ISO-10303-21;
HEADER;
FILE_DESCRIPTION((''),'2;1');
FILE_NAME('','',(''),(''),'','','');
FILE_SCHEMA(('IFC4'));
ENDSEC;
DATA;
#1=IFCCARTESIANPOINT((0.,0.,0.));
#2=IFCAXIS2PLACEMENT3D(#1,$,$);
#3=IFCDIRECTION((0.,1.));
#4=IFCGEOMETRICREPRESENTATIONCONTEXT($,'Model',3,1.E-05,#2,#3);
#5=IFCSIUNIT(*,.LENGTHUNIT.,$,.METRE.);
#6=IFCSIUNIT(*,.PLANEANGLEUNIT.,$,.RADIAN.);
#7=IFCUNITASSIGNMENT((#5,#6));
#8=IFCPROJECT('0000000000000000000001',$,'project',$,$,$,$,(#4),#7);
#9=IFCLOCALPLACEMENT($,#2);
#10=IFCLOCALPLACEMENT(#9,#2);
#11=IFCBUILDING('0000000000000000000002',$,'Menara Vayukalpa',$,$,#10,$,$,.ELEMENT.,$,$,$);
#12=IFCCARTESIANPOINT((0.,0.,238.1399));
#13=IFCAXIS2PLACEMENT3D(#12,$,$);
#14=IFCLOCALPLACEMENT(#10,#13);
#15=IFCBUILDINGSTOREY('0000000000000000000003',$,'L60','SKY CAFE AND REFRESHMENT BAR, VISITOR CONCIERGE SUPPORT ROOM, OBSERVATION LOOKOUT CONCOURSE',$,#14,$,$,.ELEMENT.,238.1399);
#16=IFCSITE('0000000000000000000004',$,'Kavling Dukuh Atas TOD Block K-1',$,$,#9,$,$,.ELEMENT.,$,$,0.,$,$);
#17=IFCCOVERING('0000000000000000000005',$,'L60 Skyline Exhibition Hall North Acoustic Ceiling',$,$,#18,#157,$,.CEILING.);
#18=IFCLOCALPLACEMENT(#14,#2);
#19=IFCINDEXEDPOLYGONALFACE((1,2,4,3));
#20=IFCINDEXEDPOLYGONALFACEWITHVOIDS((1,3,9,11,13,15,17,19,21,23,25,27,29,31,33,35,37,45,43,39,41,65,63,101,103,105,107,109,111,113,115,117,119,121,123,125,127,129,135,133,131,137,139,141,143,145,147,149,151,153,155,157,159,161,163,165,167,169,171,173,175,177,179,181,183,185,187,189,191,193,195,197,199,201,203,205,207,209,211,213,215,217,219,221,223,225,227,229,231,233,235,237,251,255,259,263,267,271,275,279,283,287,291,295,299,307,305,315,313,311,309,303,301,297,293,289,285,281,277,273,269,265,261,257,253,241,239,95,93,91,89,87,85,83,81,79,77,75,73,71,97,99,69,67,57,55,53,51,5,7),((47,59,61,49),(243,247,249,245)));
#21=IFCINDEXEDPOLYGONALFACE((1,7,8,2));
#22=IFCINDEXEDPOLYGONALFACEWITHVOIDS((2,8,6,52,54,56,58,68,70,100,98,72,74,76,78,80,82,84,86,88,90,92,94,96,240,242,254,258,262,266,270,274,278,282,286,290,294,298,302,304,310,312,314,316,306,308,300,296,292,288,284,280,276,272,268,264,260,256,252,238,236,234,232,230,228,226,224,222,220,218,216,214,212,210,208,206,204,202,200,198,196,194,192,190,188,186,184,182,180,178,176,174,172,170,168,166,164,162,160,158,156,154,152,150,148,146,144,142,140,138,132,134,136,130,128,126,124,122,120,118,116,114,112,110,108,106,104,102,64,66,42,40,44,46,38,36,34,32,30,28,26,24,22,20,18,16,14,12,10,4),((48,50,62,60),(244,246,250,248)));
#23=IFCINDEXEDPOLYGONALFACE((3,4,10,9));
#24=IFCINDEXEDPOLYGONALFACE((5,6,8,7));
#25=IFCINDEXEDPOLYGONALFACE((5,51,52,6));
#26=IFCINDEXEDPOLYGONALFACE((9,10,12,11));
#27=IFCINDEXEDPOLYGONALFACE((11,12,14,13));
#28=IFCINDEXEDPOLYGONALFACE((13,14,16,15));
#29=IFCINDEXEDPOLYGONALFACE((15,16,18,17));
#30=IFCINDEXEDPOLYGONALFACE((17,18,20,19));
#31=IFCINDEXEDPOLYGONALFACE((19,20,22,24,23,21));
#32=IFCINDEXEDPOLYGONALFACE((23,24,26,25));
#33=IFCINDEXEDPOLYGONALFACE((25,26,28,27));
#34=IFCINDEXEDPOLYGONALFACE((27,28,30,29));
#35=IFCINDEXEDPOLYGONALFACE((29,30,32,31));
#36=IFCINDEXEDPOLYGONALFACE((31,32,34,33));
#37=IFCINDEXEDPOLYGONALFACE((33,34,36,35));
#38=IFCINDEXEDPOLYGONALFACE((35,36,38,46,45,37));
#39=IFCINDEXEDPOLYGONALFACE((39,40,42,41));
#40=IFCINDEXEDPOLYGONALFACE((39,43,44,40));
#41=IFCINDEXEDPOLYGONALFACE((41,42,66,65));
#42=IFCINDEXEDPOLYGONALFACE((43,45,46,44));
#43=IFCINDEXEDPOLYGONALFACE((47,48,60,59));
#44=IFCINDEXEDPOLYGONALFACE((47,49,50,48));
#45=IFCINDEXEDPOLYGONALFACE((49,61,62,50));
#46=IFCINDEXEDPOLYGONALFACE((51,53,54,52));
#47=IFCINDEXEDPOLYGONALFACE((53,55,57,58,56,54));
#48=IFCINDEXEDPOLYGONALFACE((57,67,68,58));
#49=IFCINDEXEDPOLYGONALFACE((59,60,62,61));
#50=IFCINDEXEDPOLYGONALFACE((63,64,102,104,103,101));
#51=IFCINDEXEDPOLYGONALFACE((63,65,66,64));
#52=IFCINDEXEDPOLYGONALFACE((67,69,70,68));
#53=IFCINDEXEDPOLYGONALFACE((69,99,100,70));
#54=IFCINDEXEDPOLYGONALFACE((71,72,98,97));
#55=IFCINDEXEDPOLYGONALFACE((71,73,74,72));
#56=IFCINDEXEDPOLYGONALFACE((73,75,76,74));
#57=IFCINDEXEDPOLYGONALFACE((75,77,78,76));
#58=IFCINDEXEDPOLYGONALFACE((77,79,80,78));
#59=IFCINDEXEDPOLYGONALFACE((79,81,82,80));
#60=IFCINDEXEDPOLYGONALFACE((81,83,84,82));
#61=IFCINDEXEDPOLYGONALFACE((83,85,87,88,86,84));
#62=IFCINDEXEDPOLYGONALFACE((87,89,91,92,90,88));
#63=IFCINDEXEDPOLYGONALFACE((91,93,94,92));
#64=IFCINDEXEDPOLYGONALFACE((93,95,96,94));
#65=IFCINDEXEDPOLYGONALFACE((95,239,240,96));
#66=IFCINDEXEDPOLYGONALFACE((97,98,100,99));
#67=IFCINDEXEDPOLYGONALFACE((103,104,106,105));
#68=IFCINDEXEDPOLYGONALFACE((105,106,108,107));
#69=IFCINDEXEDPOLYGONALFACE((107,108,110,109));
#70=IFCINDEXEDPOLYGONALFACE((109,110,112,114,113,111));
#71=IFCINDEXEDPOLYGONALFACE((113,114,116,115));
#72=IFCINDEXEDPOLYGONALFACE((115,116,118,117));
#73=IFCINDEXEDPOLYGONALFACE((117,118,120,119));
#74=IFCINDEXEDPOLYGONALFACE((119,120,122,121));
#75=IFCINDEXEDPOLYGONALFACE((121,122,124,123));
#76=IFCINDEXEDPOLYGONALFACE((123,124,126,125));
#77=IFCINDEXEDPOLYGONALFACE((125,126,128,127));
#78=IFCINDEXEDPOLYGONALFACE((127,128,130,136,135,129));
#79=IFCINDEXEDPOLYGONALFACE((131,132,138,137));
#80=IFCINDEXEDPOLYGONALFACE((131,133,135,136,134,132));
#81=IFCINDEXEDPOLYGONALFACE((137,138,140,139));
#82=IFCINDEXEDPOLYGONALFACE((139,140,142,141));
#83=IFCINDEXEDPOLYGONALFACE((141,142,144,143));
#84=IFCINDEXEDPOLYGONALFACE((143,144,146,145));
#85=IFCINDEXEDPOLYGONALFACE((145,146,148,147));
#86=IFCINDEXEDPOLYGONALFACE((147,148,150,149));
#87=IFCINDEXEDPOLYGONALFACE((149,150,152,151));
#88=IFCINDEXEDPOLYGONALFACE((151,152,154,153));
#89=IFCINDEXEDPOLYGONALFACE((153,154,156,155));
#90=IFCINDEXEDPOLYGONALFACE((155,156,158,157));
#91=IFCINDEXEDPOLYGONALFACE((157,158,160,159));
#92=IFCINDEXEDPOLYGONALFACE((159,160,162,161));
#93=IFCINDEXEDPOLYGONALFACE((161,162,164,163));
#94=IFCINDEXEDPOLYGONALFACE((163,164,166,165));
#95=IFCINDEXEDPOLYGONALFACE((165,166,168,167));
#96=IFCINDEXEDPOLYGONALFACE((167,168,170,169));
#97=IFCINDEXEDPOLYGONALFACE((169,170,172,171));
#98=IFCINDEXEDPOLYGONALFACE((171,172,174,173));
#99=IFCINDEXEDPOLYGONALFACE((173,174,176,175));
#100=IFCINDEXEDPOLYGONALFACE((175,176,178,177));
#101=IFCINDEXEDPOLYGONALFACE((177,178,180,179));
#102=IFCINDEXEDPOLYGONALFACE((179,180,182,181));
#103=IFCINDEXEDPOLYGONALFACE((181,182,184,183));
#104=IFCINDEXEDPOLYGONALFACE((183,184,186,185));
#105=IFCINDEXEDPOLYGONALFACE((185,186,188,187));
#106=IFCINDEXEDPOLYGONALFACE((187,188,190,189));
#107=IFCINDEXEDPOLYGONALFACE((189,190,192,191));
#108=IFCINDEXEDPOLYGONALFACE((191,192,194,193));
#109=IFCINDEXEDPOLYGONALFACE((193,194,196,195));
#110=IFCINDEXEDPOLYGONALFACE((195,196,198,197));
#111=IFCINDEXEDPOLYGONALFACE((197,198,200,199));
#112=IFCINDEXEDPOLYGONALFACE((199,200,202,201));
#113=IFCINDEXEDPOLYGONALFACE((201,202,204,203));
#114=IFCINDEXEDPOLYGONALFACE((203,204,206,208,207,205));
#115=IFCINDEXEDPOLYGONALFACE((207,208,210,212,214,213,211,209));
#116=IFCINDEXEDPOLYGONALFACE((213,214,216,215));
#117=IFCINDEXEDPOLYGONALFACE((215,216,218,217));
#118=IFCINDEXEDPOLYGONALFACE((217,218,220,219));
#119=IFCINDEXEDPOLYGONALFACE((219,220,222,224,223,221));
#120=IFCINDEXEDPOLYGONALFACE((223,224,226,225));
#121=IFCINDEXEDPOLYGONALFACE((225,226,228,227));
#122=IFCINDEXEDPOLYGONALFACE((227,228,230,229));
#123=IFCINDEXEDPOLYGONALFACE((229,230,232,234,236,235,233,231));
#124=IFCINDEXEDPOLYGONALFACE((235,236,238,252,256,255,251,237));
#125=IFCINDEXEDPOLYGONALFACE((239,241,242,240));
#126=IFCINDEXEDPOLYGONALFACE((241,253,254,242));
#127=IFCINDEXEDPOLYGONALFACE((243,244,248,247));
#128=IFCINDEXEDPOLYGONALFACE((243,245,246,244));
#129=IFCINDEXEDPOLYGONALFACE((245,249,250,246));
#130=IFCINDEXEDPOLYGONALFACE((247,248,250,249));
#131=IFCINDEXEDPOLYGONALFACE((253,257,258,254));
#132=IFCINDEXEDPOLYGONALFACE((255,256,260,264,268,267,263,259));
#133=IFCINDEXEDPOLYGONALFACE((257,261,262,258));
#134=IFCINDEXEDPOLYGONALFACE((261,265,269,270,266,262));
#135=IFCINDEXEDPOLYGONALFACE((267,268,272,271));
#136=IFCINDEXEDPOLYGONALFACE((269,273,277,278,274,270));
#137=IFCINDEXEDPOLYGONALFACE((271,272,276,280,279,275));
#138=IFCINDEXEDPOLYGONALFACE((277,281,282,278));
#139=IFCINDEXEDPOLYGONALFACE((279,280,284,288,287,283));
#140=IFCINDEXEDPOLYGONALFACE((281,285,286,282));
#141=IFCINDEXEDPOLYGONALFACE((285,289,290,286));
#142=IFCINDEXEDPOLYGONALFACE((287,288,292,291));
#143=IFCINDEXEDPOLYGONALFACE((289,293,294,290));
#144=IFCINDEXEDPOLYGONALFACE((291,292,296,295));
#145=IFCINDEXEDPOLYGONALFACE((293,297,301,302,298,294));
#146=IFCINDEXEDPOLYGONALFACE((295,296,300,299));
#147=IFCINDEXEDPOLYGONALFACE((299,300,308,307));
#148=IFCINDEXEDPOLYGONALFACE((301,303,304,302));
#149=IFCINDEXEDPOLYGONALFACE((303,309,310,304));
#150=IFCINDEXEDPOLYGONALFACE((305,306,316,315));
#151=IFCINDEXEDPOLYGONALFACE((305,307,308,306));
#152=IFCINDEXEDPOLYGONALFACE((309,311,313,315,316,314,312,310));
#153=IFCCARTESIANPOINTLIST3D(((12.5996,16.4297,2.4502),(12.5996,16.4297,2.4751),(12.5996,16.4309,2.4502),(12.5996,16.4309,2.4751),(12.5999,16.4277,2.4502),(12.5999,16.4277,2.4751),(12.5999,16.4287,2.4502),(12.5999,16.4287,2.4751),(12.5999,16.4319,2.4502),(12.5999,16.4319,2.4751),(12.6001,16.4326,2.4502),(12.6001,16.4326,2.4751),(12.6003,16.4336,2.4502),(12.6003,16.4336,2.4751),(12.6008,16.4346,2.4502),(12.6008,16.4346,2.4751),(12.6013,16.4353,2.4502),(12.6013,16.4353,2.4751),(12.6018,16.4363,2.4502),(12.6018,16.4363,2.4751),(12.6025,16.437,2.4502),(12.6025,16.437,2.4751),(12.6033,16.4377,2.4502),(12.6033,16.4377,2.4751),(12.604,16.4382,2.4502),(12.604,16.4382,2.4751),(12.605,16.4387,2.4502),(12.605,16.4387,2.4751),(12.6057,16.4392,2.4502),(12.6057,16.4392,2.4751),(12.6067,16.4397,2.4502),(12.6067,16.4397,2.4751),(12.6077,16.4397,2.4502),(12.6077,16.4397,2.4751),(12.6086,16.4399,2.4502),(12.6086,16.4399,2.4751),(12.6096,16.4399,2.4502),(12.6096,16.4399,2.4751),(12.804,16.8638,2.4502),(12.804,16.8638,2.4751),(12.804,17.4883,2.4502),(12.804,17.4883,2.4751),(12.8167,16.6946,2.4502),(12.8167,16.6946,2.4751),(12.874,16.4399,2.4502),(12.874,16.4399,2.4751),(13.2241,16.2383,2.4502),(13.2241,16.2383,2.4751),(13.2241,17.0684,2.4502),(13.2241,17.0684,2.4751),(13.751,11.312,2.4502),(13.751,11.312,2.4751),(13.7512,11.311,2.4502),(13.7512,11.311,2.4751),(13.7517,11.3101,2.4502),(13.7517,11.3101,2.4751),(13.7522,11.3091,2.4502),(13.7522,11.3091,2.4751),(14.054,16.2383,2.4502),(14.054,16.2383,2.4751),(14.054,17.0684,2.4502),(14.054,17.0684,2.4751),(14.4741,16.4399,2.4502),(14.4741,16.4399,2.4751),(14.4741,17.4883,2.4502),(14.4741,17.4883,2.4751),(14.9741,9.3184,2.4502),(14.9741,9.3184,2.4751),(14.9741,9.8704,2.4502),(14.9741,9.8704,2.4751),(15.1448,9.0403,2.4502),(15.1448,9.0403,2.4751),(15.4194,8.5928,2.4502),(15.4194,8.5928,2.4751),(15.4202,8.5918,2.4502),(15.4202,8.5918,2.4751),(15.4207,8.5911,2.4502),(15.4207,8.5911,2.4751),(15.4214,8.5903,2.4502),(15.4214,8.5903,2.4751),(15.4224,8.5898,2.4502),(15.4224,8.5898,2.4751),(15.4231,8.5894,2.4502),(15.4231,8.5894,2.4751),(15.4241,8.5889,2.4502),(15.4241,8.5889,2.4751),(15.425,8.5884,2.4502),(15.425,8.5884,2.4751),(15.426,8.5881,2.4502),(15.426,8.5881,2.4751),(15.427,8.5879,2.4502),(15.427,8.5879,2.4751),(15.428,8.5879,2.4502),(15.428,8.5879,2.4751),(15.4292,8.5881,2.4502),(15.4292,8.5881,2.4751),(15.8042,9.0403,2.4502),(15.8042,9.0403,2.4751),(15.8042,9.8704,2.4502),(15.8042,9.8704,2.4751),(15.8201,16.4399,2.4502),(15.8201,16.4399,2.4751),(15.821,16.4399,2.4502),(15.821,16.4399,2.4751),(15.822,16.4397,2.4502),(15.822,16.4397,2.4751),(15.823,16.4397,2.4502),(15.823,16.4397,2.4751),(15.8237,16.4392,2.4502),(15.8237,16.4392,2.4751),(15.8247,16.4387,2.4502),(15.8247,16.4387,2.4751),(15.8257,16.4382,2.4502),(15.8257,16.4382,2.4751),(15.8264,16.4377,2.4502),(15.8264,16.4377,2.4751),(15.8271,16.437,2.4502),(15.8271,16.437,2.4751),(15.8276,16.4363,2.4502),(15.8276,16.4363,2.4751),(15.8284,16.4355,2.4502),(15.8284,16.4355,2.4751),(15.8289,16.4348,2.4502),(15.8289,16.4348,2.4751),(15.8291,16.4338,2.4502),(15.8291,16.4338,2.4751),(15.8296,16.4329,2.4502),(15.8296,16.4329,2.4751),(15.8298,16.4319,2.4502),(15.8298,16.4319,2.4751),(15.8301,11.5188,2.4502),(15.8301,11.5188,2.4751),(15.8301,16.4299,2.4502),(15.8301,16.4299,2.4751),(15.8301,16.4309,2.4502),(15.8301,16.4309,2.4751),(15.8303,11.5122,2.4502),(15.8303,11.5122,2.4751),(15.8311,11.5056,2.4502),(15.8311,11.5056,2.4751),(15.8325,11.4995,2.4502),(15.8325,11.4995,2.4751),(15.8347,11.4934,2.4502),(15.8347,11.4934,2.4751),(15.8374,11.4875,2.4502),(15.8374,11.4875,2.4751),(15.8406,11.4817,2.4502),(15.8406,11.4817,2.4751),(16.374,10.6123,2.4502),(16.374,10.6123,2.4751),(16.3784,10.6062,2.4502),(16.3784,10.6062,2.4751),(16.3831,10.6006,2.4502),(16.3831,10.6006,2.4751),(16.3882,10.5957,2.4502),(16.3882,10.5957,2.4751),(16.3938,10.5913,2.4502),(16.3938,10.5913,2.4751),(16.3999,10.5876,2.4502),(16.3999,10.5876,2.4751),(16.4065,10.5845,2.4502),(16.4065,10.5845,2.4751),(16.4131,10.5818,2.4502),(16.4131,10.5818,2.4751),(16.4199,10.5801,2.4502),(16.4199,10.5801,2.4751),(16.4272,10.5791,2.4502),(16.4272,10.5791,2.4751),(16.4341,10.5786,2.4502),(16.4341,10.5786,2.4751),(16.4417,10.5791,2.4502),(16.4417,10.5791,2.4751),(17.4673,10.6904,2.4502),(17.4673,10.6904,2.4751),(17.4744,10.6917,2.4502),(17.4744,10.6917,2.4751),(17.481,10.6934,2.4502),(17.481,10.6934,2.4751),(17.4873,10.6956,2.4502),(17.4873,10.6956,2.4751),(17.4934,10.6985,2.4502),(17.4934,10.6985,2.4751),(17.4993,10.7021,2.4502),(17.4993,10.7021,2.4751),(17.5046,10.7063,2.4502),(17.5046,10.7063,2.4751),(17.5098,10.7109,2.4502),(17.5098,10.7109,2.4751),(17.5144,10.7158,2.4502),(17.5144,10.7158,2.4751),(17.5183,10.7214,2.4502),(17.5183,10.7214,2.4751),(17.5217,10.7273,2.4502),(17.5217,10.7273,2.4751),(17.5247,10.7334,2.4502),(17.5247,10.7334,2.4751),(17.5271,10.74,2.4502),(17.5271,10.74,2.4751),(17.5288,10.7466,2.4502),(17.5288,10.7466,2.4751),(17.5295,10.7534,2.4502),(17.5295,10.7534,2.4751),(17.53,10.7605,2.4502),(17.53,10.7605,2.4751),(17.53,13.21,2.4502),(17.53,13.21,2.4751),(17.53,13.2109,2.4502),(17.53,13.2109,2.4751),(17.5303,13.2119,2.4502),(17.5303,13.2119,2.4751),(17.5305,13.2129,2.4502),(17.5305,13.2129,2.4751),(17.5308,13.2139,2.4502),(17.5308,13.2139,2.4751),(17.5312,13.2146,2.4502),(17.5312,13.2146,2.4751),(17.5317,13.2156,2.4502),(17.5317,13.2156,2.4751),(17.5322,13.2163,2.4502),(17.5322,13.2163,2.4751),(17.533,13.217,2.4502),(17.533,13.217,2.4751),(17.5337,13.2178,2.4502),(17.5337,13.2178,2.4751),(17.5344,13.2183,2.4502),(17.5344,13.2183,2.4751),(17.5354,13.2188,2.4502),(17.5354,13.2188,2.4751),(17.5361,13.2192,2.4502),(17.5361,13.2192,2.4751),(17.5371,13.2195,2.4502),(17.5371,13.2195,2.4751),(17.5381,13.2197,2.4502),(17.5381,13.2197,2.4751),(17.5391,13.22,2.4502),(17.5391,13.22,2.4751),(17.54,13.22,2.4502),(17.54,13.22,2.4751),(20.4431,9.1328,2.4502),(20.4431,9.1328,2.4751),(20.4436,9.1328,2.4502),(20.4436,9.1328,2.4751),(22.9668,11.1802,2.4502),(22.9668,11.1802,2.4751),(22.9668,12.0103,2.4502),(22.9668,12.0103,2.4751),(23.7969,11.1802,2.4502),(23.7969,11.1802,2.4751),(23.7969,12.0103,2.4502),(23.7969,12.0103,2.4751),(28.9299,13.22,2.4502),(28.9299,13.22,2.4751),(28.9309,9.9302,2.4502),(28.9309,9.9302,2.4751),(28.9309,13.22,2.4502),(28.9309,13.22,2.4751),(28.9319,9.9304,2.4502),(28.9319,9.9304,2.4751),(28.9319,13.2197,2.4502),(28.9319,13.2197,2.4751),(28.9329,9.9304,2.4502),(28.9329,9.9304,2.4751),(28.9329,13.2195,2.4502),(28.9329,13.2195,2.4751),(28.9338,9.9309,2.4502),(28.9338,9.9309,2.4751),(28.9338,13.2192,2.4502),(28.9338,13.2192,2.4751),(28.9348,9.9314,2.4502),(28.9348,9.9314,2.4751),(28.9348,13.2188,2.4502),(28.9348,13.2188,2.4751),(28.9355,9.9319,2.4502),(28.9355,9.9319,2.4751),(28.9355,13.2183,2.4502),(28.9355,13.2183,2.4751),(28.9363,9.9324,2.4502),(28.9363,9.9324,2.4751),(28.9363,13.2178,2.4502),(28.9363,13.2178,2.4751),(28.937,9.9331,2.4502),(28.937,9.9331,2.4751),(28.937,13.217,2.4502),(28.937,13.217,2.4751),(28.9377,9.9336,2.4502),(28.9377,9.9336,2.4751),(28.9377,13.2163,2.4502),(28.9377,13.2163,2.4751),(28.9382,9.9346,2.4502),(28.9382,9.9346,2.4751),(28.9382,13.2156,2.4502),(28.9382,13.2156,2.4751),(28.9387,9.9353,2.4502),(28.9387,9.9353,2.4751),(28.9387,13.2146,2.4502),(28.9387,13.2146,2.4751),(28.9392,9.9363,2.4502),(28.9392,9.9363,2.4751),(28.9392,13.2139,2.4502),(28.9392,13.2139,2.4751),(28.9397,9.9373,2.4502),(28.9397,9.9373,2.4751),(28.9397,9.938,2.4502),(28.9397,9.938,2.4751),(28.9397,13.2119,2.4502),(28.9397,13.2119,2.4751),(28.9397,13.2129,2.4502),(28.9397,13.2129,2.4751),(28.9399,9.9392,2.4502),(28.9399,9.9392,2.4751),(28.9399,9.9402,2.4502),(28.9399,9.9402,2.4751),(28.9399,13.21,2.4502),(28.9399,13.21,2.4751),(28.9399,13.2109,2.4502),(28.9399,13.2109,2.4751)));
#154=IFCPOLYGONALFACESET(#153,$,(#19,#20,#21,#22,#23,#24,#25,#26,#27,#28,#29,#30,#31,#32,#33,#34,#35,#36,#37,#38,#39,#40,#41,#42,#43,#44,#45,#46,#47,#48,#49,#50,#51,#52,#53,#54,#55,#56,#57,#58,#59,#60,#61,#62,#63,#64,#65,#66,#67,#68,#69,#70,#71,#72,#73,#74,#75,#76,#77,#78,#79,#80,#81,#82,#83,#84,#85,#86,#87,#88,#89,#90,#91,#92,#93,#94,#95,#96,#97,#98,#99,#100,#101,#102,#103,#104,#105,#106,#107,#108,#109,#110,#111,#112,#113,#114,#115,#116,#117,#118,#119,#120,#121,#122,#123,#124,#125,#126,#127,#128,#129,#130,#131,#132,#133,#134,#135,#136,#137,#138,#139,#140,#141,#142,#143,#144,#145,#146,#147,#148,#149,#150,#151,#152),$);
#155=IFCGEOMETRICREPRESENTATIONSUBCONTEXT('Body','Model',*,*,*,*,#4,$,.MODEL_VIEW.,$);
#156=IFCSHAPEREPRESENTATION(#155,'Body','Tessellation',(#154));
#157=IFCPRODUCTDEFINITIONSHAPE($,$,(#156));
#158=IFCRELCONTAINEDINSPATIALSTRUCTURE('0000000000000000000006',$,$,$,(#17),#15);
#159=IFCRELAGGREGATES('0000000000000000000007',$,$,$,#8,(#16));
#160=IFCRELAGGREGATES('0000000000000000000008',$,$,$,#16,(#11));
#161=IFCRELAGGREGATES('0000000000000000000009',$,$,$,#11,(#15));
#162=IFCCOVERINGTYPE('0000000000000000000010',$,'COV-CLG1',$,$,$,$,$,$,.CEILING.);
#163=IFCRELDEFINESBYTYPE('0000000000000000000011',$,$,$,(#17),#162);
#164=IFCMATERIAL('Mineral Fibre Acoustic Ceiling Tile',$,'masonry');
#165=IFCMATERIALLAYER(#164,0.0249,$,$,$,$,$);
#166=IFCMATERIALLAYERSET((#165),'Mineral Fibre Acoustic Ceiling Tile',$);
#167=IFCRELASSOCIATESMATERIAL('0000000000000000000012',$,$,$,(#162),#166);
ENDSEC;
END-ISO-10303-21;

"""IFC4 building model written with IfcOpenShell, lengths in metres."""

from ifc_helpers import new_model, si_unit, direction, frame, origin, place, context, subcontext, project, spatial, polyline, outline, extrude, material, layer, layer_set, type_object, element, save


model = new_model("IFC4")

# Units and contexts
model_context = context("Model", 3, precision=1e-05, world=origin(), true_north=direction((0.0, 1.0)))
body_context = subcontext(model_context, "Body", "Model", "MODEL_VIEW")
ifc_project = project(units=[si_unit("LENGTHUNIT", "METRE"), si_unit("PLANEANGLEUNIT", "RADIAN")], contexts=[model_context])

# Site, building, storey
site_placement = place(None, origin())
site = spatial("IfcSite", under=ifc_project, at=site_placement, Name="Kavling Dukuh Atas TOD Block K-1", CompositionType="ELEMENT", RefElevation=0.0)
building_placement = place(site_placement, origin())
building = spatial("IfcBuilding", under=site, at=building_placement, Name="Menara Vayukalpa", CompositionType="ELEMENT")
storey_placement = place(building_placement, frame((0.0, 0.0, 238.1399)))
storey = spatial("IfcBuildingStorey", under=building, at=storey_placement, Name="L60", Description="SKY CAFE AND REFRESHMENT BAR, VISITOR CONCIERGE SUPPORT ROOM, OBSERVATION LOOKOUT CONCOURSE", CompositionType="ELEMENT", Elevation=238.1399)

# Covering
ifc_material_1 = material(Name="Mineral Fibre Acoustic Ceiling Tile", Category="masonry")
ifc_layer_1 = layer(ifc_material_1, 0.0249)
ifc_layer_set_1 = layer_set([ifc_layer_1], Name="Mineral Fibre Acoustic Ceiling Tile")
covering_type_1 = type_object("IfcCoveringType", Name="COV-CLG1", PredefinedType="CEILING", material=ifc_layer_set_1)
covering_1_placement = place(storey_placement, frame((0.0, 0.0, 2.4502)))
element("IfcCovering", 1, at=covering_1_placement, inside=storey, type_object=covering_type_1, Name="L60 Skyline Exhibition Hall North Acoustic Ceiling", PredefinedType="CEILING", context=body_context, shape_type="SweptSolid", body=[
    extrude(outline(polyline([(15.427, 8.5879), (15.426, 8.5881), (15.425, 8.5884), (15.4241, 8.5889), (15.4231, 8.5894), (15.4224, 8.5898), (15.4214, 8.5903), (15.4207, 8.5911), (15.4202, 8.5918), (15.4194, 8.5928), (15.1448, 9.0403), (15.8042, 9.0403), (15.8042, 9.8704), (14.9741, 9.8704), (14.9741, 9.3184), (13.7522, 11.3091), (13.7517, 11.3101), (13.7512, 11.311), (13.751, 11.312), (12.5999, 16.4277), (12.5999, 16.4287), (12.5996, 16.4297), (12.5996, 16.4309), (12.5999, 16.4319), (12.6001, 16.4326), (12.6003, 16.4336), (12.6008, 16.4346), (12.6013, 16.4353), (12.6018, 16.4363), (12.6025, 16.437), (12.6033, 16.4377), (12.604, 16.4382), (12.605, 16.4387), (12.6057, 16.4392), (12.6067, 16.4397), (12.6077, 16.4397), (12.6086, 16.4399), (12.6096, 16.4399), (12.874, 16.4399), (12.8167, 16.6946), (12.804, 16.8638), (12.804, 17.4883), (14.4741, 17.4883), (14.4741, 16.4399), (15.8201, 16.4399), (15.821, 16.4399), (15.822, 16.4397), (15.823, 16.4397), (15.8237, 16.4392), (15.8247, 16.4387), (15.8257, 16.4382), (15.8264, 16.4377), (15.8271, 16.437), (15.8276, 16.4363), (15.8284, 16.4355), (15.8289, 16.4348), (15.8291, 16.4338), (15.8296, 16.4329), (15.8298, 16.4319), (15.8301, 16.4309), (15.8301, 16.4299), (15.8301, 11.5188), (15.8303, 11.5122), (15.8311, 11.5056), (15.8325, 11.4995), (15.8347, 11.4934), (15.8374, 11.4875), (15.8406, 11.4817), (16.374, 10.6123), (16.3784, 10.6062), (16.3831, 10.6006), (16.3882, 10.5957), (16.3938, 10.5913), (16.3999, 10.5876), (16.4065, 10.5845), (16.4131, 10.5818), (16.4199, 10.5801), (16.4272, 10.5791), (16.4341, 10.5786), (16.4417, 10.5791), (17.4673, 10.6904), (17.4744, 10.6917), (17.481, 10.6934), (17.4873, 10.6956), (17.4934, 10.6985), (17.4993, 10.7021), (17.5046, 10.7063), (17.5098, 10.7109), (17.5144, 10.7158), (17.5183, 10.7214), (17.5217, 10.7273), (17.5247, 10.7334), (17.5271, 10.74), (17.5288, 10.7466), (17.5295, 10.7534), (17.53, 10.7605), (17.53, 13.21), (17.53, 13.2109), (17.5303, 13.2119), (17.5305, 13.2129), (17.5308, 13.2139), (17.5312, 13.2146), (17.5317, 13.2156), (17.5322, 13.2163), (17.533, 13.217), (17.5337, 13.2178), (17.5344, 13.2183), (17.5354, 13.2188), (17.5361, 13.2192), (17.5371, 13.2195), (17.5381, 13.2197), (17.5391, 13.22), (17.54, 13.22), (28.9299, 13.22), (28.9309, 13.22), (28.9319, 13.2197), (28.9329, 13.2195), (28.9338, 13.2192), (28.9348, 13.2188), (28.9355, 13.2183), (28.9363, 13.2178), (28.937, 13.217), (28.9377, 13.2163), (28.9382, 13.2156), (28.9387, 13.2146), (28.9392, 13.2139), (28.9397, 13.2129), (28.9397, 13.2119), (28.9399, 13.2109), (28.9399, 13.21), (28.9399, 9.9402), (28.9399, 9.9392), (28.9397, 9.938), (28.9397, 9.9373), (28.9392, 9.9363), (28.9387, 9.9353), (28.9382, 9.9346), (28.9377, 9.9336), (28.937, 9.9331), (28.9363, 9.9324), (28.9355, 9.9319), (28.9348, 9.9314), (28.9338, 9.9309), (28.9329, 9.9304), (28.9319, 9.9304), (28.9309, 9.9302), (20.4436, 9.1328), (20.4431, 9.1328), (15.4292, 8.5881), (15.428, 8.5879), (15.427, 8.5879)]), holes=[polyline([(14.054, 17.0684), (13.2241, 17.0684), (13.2241, 16.2383), (14.054, 16.2383), (14.054, 17.0684)]), polyline([(23.7969, 12.0103), (22.9668, 12.0103), (22.9668, 11.1802), (23.7969, 11.1802), (23.7969, 12.0103)])]), origin(), (0.0, 0.0, 1.0), 0.0249),
])

save(model, "model.ifc")
